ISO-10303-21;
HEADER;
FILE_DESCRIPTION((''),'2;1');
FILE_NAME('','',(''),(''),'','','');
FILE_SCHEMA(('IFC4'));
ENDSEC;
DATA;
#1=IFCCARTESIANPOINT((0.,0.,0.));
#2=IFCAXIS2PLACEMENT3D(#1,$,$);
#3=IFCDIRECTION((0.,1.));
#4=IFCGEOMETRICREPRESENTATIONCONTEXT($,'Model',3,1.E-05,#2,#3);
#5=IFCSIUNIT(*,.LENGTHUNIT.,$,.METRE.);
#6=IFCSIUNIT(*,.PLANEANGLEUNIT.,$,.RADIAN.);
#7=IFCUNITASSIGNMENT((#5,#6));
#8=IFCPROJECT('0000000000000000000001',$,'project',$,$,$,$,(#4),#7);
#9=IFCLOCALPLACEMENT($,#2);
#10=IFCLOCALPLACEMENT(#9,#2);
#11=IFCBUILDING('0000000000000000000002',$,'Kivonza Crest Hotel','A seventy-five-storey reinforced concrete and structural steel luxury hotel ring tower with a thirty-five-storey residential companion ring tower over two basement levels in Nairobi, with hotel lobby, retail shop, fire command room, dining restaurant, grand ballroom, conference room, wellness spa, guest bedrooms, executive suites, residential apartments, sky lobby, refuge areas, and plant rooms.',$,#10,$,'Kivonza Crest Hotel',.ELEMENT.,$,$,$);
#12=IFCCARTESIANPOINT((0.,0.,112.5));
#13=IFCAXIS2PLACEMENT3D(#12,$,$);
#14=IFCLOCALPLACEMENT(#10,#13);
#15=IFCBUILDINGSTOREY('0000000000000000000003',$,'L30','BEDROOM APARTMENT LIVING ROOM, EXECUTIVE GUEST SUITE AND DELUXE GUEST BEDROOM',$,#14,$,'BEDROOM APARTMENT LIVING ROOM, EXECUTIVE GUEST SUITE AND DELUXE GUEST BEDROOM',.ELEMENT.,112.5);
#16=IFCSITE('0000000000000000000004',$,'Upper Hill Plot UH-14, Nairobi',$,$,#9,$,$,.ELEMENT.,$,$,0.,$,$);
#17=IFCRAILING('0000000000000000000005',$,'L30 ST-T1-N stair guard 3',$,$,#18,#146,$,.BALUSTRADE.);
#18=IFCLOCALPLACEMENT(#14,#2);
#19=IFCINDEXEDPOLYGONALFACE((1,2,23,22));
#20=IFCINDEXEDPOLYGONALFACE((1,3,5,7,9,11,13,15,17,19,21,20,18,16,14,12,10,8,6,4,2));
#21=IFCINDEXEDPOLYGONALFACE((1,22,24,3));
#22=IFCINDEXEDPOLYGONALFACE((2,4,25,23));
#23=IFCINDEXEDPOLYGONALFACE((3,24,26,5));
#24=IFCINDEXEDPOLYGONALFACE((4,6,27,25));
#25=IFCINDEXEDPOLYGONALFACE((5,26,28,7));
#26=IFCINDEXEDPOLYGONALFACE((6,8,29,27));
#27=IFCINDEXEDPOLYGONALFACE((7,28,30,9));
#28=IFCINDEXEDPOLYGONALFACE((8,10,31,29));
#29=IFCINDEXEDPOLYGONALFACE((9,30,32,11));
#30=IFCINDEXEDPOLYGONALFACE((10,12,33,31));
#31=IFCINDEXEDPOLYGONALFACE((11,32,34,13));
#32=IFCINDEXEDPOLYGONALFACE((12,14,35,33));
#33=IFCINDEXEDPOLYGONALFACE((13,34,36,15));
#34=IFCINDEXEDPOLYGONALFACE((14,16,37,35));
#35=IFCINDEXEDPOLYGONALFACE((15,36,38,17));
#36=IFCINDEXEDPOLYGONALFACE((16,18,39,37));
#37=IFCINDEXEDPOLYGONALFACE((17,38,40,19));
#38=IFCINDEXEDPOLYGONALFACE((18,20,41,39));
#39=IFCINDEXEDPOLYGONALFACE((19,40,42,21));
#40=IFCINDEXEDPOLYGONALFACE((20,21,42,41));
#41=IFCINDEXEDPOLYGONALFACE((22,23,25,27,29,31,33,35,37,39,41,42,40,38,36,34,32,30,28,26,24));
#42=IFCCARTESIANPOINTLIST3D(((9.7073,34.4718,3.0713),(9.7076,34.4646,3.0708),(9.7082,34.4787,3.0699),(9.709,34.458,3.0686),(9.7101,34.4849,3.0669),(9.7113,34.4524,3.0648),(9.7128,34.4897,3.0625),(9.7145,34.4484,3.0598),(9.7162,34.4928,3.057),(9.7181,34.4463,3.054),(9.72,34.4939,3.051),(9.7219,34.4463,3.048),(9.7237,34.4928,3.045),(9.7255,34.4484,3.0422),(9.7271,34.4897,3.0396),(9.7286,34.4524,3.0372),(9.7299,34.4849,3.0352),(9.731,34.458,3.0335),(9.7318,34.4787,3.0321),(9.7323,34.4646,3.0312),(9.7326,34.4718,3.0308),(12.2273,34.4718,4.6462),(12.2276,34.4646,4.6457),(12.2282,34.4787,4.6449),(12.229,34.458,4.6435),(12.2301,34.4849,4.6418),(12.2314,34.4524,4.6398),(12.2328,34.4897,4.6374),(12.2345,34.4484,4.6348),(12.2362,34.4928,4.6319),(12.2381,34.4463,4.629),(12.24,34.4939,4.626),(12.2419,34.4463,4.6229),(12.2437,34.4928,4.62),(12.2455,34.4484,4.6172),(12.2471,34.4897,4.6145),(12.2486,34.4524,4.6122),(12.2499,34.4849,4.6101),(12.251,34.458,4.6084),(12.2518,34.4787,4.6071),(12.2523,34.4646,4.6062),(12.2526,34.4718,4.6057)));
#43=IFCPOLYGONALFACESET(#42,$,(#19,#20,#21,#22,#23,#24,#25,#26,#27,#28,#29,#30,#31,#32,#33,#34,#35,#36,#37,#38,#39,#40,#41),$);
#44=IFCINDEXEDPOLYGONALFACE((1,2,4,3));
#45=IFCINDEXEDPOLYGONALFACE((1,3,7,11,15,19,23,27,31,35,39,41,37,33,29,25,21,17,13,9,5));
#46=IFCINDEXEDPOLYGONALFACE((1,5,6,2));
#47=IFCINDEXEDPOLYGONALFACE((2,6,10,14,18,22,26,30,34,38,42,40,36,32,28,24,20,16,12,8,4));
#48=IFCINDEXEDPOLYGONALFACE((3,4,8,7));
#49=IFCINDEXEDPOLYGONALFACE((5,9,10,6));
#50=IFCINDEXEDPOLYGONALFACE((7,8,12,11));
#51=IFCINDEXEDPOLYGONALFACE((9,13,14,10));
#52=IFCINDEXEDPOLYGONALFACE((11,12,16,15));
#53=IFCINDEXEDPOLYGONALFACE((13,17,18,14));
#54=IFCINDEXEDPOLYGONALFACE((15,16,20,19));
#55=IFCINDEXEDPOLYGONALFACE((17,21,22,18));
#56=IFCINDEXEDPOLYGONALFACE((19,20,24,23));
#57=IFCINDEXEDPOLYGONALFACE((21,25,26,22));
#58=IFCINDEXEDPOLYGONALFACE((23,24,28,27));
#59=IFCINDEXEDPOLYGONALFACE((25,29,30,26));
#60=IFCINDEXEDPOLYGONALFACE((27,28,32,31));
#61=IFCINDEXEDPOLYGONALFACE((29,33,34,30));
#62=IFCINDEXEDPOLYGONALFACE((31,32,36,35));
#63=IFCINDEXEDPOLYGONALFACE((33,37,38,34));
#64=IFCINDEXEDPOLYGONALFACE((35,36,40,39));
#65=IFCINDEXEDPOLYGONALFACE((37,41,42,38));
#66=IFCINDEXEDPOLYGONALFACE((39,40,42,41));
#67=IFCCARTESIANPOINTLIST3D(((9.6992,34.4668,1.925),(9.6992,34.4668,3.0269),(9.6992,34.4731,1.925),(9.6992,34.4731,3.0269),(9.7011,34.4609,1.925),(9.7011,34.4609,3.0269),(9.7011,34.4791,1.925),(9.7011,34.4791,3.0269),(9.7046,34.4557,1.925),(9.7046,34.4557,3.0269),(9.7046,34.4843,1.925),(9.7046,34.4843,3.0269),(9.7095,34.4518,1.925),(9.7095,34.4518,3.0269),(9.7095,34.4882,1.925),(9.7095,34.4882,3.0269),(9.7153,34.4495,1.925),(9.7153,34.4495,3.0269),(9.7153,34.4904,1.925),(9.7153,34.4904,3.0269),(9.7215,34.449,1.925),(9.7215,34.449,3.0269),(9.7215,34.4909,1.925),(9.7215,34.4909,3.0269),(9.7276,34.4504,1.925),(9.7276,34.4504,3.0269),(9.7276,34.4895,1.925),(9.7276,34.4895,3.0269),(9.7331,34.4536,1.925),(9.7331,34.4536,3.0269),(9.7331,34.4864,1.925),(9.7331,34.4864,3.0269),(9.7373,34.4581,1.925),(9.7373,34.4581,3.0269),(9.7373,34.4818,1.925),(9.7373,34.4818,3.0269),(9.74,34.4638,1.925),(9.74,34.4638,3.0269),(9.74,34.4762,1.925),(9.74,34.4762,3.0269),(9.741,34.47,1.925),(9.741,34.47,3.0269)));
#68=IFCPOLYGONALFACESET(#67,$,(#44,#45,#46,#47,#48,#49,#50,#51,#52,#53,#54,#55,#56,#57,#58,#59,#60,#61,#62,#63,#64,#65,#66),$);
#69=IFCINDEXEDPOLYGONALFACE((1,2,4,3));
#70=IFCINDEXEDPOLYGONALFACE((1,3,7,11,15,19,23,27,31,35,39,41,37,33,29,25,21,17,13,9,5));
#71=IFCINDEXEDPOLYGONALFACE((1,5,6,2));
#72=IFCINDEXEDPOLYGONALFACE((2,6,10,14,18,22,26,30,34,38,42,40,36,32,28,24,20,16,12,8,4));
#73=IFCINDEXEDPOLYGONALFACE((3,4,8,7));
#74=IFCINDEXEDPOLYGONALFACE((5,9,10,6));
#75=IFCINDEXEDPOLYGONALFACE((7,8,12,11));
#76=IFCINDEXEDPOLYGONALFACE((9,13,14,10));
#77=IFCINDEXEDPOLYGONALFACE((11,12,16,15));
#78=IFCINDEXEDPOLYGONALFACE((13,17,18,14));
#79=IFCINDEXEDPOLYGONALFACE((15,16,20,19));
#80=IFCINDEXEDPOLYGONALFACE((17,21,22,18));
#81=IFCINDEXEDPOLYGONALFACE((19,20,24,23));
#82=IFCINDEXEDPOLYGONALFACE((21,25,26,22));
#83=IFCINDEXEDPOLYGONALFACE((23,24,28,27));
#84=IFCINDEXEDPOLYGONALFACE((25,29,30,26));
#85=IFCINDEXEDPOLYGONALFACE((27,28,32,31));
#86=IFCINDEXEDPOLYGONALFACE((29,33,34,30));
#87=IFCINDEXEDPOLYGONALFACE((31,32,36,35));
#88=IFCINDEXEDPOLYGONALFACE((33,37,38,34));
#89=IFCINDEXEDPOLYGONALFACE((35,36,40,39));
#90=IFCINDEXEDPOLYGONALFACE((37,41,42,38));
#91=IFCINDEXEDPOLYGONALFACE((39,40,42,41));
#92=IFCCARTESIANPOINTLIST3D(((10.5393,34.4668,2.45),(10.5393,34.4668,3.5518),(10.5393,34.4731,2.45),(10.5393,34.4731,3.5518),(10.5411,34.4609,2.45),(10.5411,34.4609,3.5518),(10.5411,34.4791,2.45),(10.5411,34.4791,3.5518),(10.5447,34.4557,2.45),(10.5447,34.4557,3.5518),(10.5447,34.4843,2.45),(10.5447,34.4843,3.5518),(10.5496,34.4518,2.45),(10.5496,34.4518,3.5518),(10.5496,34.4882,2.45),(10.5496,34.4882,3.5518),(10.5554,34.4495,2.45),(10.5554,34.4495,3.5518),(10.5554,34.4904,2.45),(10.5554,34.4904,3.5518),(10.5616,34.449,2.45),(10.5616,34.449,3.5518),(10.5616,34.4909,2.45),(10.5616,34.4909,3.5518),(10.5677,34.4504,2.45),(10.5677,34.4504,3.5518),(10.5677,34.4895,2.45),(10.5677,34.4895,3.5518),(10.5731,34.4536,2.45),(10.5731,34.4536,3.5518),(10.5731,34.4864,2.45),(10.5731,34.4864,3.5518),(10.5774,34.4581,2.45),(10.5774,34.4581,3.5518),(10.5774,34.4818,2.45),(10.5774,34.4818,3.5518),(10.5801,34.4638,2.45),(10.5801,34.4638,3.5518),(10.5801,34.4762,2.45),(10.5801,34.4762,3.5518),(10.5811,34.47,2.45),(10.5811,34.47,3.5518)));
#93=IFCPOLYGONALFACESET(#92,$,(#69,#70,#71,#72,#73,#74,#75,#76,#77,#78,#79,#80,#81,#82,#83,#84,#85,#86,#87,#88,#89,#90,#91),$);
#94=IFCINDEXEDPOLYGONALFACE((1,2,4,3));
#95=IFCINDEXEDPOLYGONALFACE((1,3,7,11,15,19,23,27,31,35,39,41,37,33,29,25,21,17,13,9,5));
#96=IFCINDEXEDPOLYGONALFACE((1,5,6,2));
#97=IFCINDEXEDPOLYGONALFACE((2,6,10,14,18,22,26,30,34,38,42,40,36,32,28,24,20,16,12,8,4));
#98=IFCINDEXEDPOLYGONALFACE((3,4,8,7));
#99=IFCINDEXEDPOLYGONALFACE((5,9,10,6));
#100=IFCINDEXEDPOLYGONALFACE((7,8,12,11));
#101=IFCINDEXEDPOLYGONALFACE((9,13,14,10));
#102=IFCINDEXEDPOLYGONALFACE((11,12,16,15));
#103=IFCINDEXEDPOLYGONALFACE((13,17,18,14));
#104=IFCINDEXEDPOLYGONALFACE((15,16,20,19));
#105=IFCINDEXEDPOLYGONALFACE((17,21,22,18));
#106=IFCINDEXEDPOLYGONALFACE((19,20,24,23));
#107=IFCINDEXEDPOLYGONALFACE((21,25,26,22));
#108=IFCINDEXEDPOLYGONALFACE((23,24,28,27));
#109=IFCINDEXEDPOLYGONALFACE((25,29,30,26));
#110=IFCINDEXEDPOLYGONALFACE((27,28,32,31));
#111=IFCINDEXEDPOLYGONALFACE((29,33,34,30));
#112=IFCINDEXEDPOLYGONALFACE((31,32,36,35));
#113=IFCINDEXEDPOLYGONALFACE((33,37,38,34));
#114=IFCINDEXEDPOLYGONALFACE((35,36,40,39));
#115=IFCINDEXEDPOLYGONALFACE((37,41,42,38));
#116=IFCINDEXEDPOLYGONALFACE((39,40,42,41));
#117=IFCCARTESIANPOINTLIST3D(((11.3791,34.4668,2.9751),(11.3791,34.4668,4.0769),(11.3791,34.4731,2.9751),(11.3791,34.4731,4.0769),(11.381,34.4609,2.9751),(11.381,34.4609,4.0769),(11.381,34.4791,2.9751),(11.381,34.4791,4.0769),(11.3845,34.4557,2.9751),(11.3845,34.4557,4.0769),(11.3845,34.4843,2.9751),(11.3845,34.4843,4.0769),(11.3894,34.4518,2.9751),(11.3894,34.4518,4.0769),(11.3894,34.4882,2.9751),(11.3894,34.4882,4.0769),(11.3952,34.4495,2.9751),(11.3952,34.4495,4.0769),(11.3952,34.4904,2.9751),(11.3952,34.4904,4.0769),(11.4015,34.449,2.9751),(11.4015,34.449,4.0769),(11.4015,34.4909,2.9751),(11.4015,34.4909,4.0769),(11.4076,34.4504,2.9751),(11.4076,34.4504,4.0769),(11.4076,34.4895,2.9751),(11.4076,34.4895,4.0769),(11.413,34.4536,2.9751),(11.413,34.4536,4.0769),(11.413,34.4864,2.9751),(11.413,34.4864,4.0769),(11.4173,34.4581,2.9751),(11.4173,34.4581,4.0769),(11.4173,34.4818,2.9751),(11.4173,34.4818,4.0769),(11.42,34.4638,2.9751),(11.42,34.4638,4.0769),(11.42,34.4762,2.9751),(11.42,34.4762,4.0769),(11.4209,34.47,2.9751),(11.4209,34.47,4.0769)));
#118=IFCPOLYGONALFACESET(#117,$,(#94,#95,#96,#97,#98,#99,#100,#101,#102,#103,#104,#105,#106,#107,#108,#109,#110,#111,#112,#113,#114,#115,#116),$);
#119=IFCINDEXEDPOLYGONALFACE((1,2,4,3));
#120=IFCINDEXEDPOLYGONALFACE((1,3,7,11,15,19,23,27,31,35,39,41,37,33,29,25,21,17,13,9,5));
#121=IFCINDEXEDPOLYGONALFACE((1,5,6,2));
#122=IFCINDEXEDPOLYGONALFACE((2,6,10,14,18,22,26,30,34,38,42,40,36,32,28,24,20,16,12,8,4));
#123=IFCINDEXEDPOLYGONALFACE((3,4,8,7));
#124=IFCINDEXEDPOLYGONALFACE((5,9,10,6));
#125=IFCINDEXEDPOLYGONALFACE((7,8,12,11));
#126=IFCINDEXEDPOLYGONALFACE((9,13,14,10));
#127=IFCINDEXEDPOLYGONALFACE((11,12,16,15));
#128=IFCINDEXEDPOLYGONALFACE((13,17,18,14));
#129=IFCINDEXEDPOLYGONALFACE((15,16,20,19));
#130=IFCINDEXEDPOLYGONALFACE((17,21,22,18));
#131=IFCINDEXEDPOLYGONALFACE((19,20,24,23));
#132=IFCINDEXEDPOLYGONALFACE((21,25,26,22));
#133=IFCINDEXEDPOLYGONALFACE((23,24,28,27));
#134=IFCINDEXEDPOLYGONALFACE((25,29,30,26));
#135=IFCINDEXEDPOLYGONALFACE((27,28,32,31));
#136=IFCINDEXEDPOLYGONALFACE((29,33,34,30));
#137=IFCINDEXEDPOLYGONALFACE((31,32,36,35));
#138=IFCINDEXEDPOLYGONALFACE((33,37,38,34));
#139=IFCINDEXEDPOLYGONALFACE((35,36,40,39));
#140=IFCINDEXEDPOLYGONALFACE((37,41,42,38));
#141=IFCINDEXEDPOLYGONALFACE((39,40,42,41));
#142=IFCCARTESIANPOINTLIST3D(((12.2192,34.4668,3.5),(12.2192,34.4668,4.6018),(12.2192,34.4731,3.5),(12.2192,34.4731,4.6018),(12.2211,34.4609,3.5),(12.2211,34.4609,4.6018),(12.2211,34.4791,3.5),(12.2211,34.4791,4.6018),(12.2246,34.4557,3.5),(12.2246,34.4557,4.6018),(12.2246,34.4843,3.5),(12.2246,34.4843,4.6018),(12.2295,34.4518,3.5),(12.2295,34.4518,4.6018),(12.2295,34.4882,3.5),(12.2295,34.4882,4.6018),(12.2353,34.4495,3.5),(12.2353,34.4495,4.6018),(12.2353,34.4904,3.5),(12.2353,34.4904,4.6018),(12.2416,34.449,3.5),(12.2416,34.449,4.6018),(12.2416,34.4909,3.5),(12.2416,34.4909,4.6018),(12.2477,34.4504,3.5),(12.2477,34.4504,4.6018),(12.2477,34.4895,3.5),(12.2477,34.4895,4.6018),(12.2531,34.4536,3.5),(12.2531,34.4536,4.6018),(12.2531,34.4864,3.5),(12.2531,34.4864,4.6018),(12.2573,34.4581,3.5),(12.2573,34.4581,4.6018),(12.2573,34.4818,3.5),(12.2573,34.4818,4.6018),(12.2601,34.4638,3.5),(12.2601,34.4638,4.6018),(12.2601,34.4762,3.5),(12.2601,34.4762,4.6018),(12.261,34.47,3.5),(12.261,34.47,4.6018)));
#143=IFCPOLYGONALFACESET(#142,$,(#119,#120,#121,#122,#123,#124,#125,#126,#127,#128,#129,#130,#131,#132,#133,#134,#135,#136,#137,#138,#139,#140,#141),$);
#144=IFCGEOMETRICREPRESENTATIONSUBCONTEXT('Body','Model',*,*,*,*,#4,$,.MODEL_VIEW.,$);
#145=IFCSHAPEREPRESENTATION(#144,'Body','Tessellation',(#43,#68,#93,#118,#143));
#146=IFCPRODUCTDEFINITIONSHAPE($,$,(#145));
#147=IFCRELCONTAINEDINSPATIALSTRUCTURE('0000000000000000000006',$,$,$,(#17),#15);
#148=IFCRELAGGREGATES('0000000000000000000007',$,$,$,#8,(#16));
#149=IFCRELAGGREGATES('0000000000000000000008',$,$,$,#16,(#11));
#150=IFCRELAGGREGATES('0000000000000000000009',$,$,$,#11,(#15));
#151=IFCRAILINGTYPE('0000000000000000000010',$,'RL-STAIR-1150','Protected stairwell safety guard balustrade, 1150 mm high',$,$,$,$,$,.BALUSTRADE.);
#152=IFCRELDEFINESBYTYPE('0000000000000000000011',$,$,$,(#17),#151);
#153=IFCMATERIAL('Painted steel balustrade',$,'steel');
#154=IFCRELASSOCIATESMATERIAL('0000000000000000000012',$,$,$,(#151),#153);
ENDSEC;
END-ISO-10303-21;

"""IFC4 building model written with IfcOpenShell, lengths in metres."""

from ifc_helpers import new_model, si_unit, direction, frame, origin, origin_2d, place, context, subcontext, project, spatial, circle, extrude, material, type_object, element, save


model = new_model("IFC4")

# Units and contexts
model_context = context("Model", 3, precision=1e-05, world=origin(), true_north=direction((0.0, 1.0)))
body_context = subcontext(model_context, "Body", "Model", "MODEL_VIEW")
ifc_project = project(units=[si_unit("LENGTHUNIT", "METRE"), si_unit("PLANEANGLEUNIT", "RADIAN")], contexts=[model_context])

# Site, building, storey
site_placement = place(None, origin())
site = spatial("IfcSite", under=ifc_project, at=site_placement, Name="Upper Hill Plot UH-14, Nairobi", CompositionType="ELEMENT", RefElevation=0.0)
building_placement = place(site_placement, origin())
building = spatial("IfcBuilding", under=site, at=building_placement, Name="Kivonza Crest Hotel", Description="A seventy-five-storey reinforced concrete and structural steel luxury hotel ring tower with a thirty-five-storey residential companion ring tower over two basement levels in Nairobi, with hotel lobby, retail shop, fire command room, dining restaurant, grand ballroom, conference room, wellness spa, guest bedrooms, executive suites, residential apartments, sky lobby, refuge areas, and plant rooms.", LongName="Kivonza Crest Hotel", CompositionType="ELEMENT")
storey_placement = place(building_placement, frame((0.0, 0.0, 112.5)))
storey = spatial("IfcBuildingStorey", under=building, at=storey_placement, Name="L30", Description="BEDROOM APARTMENT LIVING ROOM, EXECUTIVE GUEST SUITE AND DELUXE GUEST BEDROOM", LongName="BEDROOM APARTMENT LIVING ROOM, EXECUTIVE GUEST SUITE AND DELUXE GUEST BEDROOM", CompositionType="ELEMENT", Elevation=112.5)

# Railing
ifc_material_1 = material(Name="Painted steel balustrade", Category="steel")
railing_type_1 = type_object("IfcRailingType", Name="RL-STAIR-1150", Description="Protected stairwell safety guard balustrade, 1150 mm high", PredefinedType="BALUSTRADE", material=ifc_material_1)
railing_1_placement = place(storey_placement, frame((9.72, 34.47, 1.925)))
element("IfcRailing", 1, at=railing_1_placement, inside=storey, type_object=railing_type_1, Name="L30 ST-T1-N stair guard 3", PredefinedType="BALUSTRADE", context=body_context, shape_type="SweptSolid", body=[
    extrude(circle(Radius=0.0239, at=origin_2d()), frame((0.0, 0.0, 1.126), z_axis=(0.848008, 0.0, 0.529984), x_axis=(0.0, 1.0, 0.0)), (0.0, 0.0, 1.0), 2.9717),
    extrude(circle(Radius=0.021, at=origin_2d()), origin(), (0.0, 0.0, 1.0), 1.1018),
    extrude(circle(Radius=0.021, at=origin_2d()), frame((0.8401, 0.0, 0.5249)), (0.0, 0.0, 1.0), 1.1018),
    extrude(circle(Radius=0.021, at=origin_2d()), frame((1.6799, 0.0, 1.05)), (0.0, 0.0, 1.0), 1.1018),
    extrude(circle(Radius=0.021, at=origin_2d()), frame((2.52, 0.0, 1.575)), (0.0, 0.0, 1.0), 1.1018),
])

save(model, "model.ifc")
